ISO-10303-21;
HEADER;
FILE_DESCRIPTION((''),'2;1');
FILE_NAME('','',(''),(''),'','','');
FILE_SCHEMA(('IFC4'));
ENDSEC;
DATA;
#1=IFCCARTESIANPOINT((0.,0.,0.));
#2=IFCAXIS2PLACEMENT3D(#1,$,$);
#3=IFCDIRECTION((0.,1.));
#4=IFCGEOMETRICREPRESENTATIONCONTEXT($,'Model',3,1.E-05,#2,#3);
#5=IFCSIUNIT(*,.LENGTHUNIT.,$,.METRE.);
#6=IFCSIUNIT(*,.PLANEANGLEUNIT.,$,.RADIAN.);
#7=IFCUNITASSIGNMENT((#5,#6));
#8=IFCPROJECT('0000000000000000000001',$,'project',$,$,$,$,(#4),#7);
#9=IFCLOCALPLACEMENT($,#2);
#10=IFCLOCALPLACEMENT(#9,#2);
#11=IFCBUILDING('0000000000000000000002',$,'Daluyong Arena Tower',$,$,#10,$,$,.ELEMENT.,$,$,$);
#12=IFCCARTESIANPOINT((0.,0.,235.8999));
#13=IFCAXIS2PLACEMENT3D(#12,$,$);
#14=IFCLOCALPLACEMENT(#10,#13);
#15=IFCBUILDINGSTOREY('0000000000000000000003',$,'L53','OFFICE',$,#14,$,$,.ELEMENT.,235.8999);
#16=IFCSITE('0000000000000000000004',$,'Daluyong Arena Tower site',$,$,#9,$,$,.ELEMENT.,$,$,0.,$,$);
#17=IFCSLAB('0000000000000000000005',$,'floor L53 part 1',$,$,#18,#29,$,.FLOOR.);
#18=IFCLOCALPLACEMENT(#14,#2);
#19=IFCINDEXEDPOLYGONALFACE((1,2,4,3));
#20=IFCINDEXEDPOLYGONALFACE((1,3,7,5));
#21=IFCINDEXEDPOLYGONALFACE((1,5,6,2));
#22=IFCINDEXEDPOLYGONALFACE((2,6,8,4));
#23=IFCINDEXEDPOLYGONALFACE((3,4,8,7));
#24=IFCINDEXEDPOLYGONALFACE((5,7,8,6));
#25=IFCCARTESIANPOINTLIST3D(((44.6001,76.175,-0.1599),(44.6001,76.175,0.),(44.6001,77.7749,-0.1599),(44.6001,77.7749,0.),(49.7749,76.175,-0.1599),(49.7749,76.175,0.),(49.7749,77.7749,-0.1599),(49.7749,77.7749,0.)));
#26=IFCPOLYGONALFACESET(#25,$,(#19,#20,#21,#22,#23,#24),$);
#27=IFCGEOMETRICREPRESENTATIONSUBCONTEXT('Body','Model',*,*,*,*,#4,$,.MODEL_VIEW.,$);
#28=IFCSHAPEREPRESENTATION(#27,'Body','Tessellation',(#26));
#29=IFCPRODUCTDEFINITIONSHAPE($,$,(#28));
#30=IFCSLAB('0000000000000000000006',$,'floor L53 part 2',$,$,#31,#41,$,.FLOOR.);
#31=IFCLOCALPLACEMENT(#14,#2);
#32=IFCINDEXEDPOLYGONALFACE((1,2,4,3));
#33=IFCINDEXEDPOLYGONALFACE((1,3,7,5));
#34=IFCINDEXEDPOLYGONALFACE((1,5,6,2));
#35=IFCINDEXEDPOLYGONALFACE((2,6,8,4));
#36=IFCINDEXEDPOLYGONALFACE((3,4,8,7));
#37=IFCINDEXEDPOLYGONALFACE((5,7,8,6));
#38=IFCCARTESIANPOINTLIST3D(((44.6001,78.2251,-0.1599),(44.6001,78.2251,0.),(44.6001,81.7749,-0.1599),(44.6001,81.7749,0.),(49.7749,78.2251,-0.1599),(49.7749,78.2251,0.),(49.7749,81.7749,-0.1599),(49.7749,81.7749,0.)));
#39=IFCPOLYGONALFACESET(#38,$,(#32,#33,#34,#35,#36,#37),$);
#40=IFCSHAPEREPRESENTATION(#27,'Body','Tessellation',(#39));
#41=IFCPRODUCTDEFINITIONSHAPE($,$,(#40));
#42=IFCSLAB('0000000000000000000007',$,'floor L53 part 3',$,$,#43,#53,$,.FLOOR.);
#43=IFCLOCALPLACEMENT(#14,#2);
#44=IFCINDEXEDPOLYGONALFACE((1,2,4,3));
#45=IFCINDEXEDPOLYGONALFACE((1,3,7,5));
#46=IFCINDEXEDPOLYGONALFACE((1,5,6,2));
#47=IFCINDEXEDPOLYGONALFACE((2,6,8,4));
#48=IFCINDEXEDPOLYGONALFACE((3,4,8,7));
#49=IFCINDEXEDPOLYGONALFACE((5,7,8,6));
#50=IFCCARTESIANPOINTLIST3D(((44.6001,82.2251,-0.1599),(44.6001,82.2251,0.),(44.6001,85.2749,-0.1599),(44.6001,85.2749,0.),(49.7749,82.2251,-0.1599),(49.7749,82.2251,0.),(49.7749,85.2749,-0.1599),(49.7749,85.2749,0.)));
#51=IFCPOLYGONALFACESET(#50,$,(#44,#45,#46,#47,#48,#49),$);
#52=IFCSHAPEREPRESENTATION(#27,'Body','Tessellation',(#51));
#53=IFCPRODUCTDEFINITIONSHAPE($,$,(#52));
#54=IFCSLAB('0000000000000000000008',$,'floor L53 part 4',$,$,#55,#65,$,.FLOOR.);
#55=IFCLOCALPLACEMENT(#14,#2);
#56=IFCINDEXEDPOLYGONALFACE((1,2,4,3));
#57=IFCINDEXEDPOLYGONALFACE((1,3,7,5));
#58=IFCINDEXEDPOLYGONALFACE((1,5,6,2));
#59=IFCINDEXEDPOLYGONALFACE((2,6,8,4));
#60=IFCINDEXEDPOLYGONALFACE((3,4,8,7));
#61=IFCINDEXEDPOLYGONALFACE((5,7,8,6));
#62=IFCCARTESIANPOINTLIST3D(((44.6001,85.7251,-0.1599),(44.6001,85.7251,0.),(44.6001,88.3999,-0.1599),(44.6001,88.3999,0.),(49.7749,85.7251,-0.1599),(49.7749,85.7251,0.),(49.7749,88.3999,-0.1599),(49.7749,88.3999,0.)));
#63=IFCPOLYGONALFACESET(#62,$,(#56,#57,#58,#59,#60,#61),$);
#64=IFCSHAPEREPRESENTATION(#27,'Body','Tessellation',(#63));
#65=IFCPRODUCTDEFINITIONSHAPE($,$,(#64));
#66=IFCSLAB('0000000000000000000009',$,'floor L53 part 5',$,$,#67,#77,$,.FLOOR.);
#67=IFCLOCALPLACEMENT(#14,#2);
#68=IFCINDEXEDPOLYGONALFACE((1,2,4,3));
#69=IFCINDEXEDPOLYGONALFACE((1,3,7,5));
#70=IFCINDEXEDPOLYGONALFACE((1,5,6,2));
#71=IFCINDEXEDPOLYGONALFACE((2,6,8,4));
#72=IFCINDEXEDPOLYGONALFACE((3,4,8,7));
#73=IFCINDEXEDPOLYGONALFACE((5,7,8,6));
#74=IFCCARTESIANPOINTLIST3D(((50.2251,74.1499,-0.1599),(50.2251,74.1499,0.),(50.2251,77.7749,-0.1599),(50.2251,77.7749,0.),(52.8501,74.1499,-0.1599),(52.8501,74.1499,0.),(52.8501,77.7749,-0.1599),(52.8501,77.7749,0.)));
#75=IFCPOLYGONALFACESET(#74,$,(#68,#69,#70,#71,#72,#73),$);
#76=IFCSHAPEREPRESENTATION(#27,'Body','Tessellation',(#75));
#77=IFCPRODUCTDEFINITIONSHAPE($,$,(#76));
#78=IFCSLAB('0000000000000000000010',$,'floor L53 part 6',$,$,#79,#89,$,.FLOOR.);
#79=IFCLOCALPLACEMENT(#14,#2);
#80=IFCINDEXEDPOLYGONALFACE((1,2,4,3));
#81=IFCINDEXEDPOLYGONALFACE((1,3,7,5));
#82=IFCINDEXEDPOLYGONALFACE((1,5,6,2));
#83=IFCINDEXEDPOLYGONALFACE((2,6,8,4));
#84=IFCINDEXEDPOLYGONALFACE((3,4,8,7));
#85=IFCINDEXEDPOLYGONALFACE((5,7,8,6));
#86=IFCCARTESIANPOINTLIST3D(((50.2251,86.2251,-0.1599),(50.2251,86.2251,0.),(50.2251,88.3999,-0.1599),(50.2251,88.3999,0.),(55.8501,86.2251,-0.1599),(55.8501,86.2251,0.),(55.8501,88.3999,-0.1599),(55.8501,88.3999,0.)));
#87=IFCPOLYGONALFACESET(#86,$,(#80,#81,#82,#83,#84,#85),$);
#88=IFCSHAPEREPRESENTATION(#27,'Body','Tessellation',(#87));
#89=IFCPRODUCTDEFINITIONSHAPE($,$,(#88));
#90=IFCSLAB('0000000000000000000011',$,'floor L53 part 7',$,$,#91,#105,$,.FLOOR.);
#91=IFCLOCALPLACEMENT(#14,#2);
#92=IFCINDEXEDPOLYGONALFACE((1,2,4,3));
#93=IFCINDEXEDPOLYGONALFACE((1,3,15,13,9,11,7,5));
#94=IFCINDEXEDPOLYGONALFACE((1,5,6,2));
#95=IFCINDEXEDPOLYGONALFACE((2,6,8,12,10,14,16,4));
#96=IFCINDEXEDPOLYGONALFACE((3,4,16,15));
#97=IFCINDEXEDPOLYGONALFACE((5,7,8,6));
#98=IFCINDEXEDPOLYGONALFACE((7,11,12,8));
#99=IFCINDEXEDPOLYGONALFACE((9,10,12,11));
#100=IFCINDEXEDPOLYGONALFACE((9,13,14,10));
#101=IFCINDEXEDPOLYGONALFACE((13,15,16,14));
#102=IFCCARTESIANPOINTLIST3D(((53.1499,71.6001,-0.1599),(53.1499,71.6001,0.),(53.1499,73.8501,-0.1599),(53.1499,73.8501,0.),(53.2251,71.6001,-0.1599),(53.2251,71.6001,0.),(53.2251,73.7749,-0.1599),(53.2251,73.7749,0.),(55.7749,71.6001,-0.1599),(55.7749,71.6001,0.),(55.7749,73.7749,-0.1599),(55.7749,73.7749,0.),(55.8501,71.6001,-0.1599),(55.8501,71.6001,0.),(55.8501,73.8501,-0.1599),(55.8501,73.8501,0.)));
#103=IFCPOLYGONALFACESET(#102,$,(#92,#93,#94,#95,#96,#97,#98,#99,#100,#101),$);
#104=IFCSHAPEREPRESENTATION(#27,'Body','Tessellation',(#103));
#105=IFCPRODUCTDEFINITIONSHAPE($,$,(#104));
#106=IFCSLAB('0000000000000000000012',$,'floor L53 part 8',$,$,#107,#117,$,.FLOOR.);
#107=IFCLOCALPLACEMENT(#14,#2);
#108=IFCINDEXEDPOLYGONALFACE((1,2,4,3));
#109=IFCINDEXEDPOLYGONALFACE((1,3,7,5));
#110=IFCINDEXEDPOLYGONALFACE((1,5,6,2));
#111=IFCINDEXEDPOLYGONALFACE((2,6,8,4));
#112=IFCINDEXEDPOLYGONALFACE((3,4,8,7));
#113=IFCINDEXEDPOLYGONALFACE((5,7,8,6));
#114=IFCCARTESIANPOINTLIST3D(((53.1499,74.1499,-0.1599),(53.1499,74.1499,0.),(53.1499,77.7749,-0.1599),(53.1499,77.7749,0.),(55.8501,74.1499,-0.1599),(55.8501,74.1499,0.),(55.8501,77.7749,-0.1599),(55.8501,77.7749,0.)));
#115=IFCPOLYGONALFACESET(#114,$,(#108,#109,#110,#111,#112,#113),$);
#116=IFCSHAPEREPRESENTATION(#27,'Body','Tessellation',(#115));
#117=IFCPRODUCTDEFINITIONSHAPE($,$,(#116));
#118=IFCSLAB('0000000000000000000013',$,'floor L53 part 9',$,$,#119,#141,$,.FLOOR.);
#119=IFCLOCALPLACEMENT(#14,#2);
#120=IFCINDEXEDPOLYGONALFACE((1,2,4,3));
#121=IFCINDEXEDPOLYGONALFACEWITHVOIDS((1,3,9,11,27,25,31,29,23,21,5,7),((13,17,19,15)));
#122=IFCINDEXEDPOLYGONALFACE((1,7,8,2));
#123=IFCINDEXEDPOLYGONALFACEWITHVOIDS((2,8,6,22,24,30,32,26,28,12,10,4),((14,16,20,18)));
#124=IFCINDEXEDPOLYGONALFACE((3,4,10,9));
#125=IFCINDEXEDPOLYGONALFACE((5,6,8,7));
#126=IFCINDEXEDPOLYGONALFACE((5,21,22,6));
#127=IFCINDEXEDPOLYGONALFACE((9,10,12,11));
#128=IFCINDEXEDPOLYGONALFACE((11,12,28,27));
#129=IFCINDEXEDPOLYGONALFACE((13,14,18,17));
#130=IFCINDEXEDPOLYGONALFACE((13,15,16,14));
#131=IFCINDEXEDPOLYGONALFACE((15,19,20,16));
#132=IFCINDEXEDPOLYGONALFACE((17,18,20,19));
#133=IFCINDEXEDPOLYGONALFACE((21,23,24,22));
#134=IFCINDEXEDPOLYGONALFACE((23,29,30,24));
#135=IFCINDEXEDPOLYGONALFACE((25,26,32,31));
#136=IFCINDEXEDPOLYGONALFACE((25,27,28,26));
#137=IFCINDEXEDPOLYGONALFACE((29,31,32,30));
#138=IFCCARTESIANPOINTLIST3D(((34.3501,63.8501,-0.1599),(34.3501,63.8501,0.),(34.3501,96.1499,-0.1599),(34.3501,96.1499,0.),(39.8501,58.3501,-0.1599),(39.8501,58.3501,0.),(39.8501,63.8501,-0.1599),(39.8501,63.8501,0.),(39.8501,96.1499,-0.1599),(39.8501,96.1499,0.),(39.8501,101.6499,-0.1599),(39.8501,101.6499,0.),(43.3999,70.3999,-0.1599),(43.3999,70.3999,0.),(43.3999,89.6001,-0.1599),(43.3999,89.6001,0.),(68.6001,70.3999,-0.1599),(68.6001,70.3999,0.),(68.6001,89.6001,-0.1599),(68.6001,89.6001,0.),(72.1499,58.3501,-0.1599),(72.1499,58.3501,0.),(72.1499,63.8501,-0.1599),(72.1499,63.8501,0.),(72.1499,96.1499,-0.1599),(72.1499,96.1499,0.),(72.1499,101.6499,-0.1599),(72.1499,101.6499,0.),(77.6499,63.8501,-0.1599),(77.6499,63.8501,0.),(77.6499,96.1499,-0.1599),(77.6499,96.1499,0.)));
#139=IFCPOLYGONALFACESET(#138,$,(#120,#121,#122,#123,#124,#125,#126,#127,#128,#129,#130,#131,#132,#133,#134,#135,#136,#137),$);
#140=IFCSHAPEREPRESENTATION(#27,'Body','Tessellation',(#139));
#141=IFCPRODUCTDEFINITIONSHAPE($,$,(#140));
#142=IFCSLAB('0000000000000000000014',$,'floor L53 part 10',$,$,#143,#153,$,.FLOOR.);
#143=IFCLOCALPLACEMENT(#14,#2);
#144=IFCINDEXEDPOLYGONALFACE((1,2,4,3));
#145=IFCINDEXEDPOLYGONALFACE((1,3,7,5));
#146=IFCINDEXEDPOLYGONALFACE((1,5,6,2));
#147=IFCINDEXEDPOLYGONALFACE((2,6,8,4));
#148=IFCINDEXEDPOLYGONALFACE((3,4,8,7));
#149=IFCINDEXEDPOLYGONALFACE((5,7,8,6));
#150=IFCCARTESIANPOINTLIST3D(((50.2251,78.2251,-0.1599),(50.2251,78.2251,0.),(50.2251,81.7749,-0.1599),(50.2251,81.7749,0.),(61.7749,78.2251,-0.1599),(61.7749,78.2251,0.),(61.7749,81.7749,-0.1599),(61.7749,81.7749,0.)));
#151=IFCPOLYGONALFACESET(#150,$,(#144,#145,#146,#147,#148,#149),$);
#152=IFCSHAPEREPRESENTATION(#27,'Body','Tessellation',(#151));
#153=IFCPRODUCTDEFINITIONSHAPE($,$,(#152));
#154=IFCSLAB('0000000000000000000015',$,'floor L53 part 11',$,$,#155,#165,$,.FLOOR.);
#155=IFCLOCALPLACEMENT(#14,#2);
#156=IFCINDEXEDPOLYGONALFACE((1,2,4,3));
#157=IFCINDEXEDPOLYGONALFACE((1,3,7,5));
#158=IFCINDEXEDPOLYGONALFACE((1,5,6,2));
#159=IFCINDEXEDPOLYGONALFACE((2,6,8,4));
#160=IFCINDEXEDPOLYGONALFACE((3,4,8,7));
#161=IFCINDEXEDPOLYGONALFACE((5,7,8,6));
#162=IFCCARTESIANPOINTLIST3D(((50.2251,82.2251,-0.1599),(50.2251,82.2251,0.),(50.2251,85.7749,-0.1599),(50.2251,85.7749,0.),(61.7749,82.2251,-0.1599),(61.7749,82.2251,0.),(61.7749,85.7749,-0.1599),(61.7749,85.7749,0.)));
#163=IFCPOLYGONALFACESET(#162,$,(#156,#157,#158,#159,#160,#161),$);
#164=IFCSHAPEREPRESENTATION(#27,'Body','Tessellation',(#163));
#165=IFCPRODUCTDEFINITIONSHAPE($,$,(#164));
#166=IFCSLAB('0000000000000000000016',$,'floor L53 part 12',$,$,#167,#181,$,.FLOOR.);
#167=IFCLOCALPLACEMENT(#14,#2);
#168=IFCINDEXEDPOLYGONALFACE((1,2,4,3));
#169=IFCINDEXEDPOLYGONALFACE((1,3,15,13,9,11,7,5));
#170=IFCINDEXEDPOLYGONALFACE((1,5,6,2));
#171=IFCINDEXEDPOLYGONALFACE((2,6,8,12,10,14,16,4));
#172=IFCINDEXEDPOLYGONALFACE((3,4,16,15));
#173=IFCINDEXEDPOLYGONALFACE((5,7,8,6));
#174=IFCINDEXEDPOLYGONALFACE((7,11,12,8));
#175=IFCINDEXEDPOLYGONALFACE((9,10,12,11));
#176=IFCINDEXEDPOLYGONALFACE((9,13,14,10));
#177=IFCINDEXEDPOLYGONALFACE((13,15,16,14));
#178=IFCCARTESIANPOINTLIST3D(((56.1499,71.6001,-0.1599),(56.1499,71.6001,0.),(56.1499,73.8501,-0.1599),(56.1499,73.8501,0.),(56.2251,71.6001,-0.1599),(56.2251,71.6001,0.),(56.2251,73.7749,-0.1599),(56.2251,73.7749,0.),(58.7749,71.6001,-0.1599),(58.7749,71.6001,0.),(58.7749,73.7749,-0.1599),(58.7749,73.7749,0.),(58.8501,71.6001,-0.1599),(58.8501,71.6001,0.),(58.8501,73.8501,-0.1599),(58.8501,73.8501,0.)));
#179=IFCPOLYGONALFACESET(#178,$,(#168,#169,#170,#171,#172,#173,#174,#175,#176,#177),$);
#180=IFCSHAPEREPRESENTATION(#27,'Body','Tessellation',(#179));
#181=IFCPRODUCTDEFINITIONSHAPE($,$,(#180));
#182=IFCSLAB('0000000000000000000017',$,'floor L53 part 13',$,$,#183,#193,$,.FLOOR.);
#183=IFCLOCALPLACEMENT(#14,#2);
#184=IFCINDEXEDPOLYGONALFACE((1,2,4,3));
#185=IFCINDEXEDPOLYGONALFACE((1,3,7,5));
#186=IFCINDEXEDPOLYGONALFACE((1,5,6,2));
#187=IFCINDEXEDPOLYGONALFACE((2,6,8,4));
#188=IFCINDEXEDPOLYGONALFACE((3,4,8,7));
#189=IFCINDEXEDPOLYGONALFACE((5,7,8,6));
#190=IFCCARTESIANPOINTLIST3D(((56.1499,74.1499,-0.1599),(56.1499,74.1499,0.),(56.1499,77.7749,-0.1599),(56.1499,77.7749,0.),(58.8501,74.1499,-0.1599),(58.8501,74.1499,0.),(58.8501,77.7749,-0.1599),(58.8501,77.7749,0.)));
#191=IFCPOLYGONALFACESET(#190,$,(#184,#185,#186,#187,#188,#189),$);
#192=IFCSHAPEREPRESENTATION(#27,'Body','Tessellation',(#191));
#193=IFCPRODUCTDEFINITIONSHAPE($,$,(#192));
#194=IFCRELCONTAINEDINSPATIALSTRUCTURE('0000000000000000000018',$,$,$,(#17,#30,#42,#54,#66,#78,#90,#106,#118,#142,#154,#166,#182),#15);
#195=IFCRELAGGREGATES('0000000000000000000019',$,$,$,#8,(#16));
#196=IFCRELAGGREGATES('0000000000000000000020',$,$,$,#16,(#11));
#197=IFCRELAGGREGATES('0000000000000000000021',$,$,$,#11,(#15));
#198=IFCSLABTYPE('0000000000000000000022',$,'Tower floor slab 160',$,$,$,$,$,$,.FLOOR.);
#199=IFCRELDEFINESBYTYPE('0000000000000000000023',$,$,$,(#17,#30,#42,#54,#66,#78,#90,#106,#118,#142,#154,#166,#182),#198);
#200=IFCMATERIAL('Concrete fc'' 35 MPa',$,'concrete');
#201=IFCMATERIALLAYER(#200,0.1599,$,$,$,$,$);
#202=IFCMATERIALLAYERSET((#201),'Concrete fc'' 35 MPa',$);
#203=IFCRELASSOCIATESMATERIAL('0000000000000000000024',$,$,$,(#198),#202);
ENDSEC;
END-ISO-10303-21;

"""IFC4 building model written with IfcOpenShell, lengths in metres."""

from ifc_helpers import new_model, si_unit, direction, frame, origin, place, context, subcontext, project, spatial, polyline, outline, extrude, material, layer, layer_set, type_object, element, save


model = new_model("IFC4")

# Units and contexts
model_context = context("Model", 3, precision=1e-05, world=origin(), true_north=direction((0.0, 1.0)))
body_context = subcontext(model_context, "Body", "Model", "MODEL_VIEW")
ifc_project = project(units=[si_unit("LENGTHUNIT", "METRE"), si_unit("PLANEANGLEUNIT", "RADIAN")], contexts=[model_context])

# Site, building, storey
site_placement = place(None, origin())
site = spatial("IfcSite", under=ifc_project, at=site_placement, Name="Daluyong Arena Tower site", CompositionType="ELEMENT", RefElevation=0.0)
building_placement = place(site_placement, origin())
building = spatial("IfcBuilding", under=site, at=building_placement, Name="Daluyong Arena Tower", CompositionType="ELEMENT")
storey_placement = place(building_placement, frame((0.0, 0.0, 235.8999)))
storey = spatial("IfcBuildingStorey", under=building, at=storey_placement, Name="L53", Description="OFFICE", CompositionType="ELEMENT", Elevation=235.8999)

# Slabs
ifc_material_1 = material(Name="Concrete fc' 35 MPa", Category="concrete")
ifc_layer_1 = layer(ifc_material_1, 0.1599)
ifc_layer_set_1 = layer_set([ifc_layer_1], Name="Concrete fc' 35 MPa")
slab_type = type_object("IfcSlabType", Name="Tower floor slab 160", PredefinedType="FLOOR", material=ifc_layer_set_1)
slab_1_placement = place(storey_placement, frame((0.0, 0.0, -0.1599)))
element("IfcSlab", 1, at=slab_1_placement, inside=storey, type_object=slab_type, Name="floor L53 part 1", PredefinedType="FLOOR", context=body_context, shape_type="SweptSolid", body=[
    extrude(outline(polyline([(49.7749, 77.7749), (44.6001, 77.7749), (44.6001, 76.175), (49.7749, 76.175), (49.7749, 77.7749)])), origin(), (0.0, 0.0, 1.0), 0.1599),
])
slab_2_placement = place(storey_placement, frame((0.0, 0.0, -0.1599)))
element("IfcSlab", 2, at=slab_2_placement, inside=storey, type_object=slab_type, Name="floor L53 part 2", PredefinedType="FLOOR", context=body_context, shape_type="SweptSolid", body=[
    extrude(outline(polyline([(49.7749, 78.2251), (49.7749, 81.7749), (44.6001, 81.7749), (44.6001, 78.2251), (49.7749, 78.2251)])), origin(), (0.0, 0.0, 1.0), 0.1599),
])
slab_3_placement = place(storey_placement, frame((0.0, 0.0, -0.1599)))
element("IfcSlab", 3, at=slab_3_placement, inside=storey, type_object=slab_type, Name="floor L53 part 3", PredefinedType="FLOOR", context=body_context, shape_type="SweptSolid", body=[
    extrude(outline(polyline([(44.6001, 85.2749), (44.6001, 82.2251), (49.7749, 82.2251), (49.7749, 85.2749), (44.6001, 85.2749)])), origin(), (0.0, 0.0, 1.0), 0.1599),
])
slab_4_placement = place(storey_placement, frame((0.0, 0.0, -0.1599)))
element("IfcSlab", 4, at=slab_4_placement, inside=storey, type_object=slab_type, Name="floor L53 part 4", PredefinedType="FLOOR", context=body_context, shape_type="SweptSolid", body=[
    extrude(outline(polyline([(44.6001, 88.3999), (44.6001, 85.7251), (49.7749, 85.7251), (49.7749, 88.3999), (44.6001, 88.3999)])), origin(), (0.0, 0.0, 1.0), 0.1599),
])
slab_5_placement = place(storey_placement, frame((0.0, 0.0, -0.1599)))
element("IfcSlab", 5, at=slab_5_placement, inside=storey, type_object=slab_type, Name="floor L53 part 5", PredefinedType="FLOOR", context=body_context, shape_type="SweptSolid", body=[
    extrude(outline(polyline([(52.8501, 74.1499), (52.8501, 77.7749), (50.2251, 77.7749), (50.2251, 74.1499), (52.8501, 74.1499)])), origin(), (0.0, 0.0, 1.0), 0.1599),
])
slab_6_placement = place(storey_placement, frame((0.0, 0.0, -0.1599)))
element("IfcSlab", 6, at=slab_6_placement, inside=storey, type_object=slab_type, Name="floor L53 part 6", PredefinedType="FLOOR", context=body_context, shape_type="SweptSolid", body=[
    extrude(outline(polyline([(50.2251, 88.3999), (50.2251, 86.2251), (55.8501, 86.2251), (55.8501, 88.3999), (50.2251, 88.3999)])), origin(), (0.0, 0.0, 1.0), 0.1599),
])
slab_7_placement = place(storey_placement, frame((0.0, 0.0, -0.1599)))
element("IfcSlab", 7, at=slab_7_placement, inside=storey, type_object=slab_type, Name="floor L53 part 7", PredefinedType="FLOOR", context=body_context, shape_type="SweptSolid", body=[
    extrude(outline(polyline([(53.2251, 71.6001), (53.2251, 73.7749), (55.7749, 73.7749), (55.7749, 71.6001), (55.8501, 71.6001), (55.8501, 73.8501), (53.1499, 73.8501), (53.1499, 71.6001), (53.2251, 71.6001)])), origin(), (0.0, 0.0, 1.0), 0.1599),
])
slab_8_placement = place(storey_placement, frame((0.0, 0.0, -0.1599)))
element("IfcSlab", 8, at=slab_8_placement, inside=storey, type_object=slab_type, Name="floor L53 part 8", PredefinedType="FLOOR", context=body_context, shape_type="SweptSolid", body=[
    extrude(outline(polyline([(53.1499, 74.1499), (55.8501, 74.1499), (55.8501, 77.7749), (53.1499, 77.7749), (53.1499, 74.1499)])), origin(), (0.0, 0.0, 1.0), 0.1599),
])
slab_9_placement = place(storey_placement, frame((0.0, 0.0, -0.1599)))
element("IfcSlab", 9, at=slab_9_placement, inside=storey, type_object=slab_type, Name="floor L53 part 9", PredefinedType="FLOOR", context=body_context, shape_type="SweptSolid", body=[
    extrude(outline(polyline([(39.8501, 63.8501), (39.8501, 58.3501), (72.1499, 58.3501), (72.1499, 63.8501), (77.6499, 63.8501), (77.6499, 96.1499), (72.1499, 96.1499), (72.1499, 101.6499), (39.8501, 101.6499), (39.8501, 96.1499), (34.3501, 96.1499), (34.3501, 63.8501), (39.8501, 63.8501)]), holes=[polyline([(68.6001, 89.6001), (68.6001, 70.3999), (43.3999, 70.3999), (43.3999, 89.6001), (68.6001, 89.6001)])]), origin(), (0.0, 0.0, 1.0), 0.1599),
])
slab_10_placement = place(storey_placement, frame((0.0, 0.0, -0.1599)))
element("IfcSlab", 10, at=slab_10_placement, inside=storey, type_object=slab_type, Name="floor L53 part 10", PredefinedType="FLOOR", context=body_context, shape_type="SweptSolid", body=[
    extrude(outline(polyline([(50.2251, 81.7749), (50.2251, 78.2251), (61.7749, 78.2251), (61.7749, 81.7749), (50.2251, 81.7749)])), origin(), (0.0, 0.0, 1.0), 0.1599),
])
slab_11_placement = place(storey_placement, frame((0.0, 0.0, -0.1599)))
element("IfcSlab", 11, at=slab_11_placement, inside=storey, type_object=slab_type, Name="floor L53 part 11", PredefinedType="FLOOR", context=body_context, shape_type="SweptSolid", body=[
    extrude(outline(polyline([(50.2251, 85.7749), (50.2251, 82.2251), (61.7749, 82.2251), (61.7749, 85.7749), (50.2251, 85.7749)])), origin(), (0.0, 0.0, 1.0), 0.1599),
])
slab_12_placement = place(storey_placement, frame((0.0, 0.0, -0.1599)))
element("IfcSlab", 12, at=slab_12_placement, inside=storey, type_object=slab_type, Name="floor L53 part 12", PredefinedType="FLOOR", context=body_context, shape_type="SweptSolid", body=[
    extrude(outline(polyline([(56.2251, 71.6001), (56.2251, 73.7749), (58.7749, 73.7749), (58.7749, 71.6001), (58.8501, 71.6001), (58.8501, 73.8501), (56.1499, 73.8501), (56.1499, 71.6001), (56.2251, 71.6001)])), origin(), (0.0, 0.0, 1.0), 0.1599),
])
slab_13_placement = place(storey_placement, frame((0.0, 0.0, -0.1599)))
element("IfcSlab", 13, at=slab_13_placement, inside=storey, type_object=slab_type, Name="floor L53 part 13", PredefinedType="FLOOR", context=body_context, shape_type="SweptSolid", body=[
    extrude(outline(polyline([(58.8501, 77.7749), (56.1499, 77.7749), (56.1499, 74.1499), (58.8501, 74.1499), (58.8501, 77.7749)])), origin(), (0.0, 0.0, 1.0), 0.1599),
])

save(model, "model.ifc")
